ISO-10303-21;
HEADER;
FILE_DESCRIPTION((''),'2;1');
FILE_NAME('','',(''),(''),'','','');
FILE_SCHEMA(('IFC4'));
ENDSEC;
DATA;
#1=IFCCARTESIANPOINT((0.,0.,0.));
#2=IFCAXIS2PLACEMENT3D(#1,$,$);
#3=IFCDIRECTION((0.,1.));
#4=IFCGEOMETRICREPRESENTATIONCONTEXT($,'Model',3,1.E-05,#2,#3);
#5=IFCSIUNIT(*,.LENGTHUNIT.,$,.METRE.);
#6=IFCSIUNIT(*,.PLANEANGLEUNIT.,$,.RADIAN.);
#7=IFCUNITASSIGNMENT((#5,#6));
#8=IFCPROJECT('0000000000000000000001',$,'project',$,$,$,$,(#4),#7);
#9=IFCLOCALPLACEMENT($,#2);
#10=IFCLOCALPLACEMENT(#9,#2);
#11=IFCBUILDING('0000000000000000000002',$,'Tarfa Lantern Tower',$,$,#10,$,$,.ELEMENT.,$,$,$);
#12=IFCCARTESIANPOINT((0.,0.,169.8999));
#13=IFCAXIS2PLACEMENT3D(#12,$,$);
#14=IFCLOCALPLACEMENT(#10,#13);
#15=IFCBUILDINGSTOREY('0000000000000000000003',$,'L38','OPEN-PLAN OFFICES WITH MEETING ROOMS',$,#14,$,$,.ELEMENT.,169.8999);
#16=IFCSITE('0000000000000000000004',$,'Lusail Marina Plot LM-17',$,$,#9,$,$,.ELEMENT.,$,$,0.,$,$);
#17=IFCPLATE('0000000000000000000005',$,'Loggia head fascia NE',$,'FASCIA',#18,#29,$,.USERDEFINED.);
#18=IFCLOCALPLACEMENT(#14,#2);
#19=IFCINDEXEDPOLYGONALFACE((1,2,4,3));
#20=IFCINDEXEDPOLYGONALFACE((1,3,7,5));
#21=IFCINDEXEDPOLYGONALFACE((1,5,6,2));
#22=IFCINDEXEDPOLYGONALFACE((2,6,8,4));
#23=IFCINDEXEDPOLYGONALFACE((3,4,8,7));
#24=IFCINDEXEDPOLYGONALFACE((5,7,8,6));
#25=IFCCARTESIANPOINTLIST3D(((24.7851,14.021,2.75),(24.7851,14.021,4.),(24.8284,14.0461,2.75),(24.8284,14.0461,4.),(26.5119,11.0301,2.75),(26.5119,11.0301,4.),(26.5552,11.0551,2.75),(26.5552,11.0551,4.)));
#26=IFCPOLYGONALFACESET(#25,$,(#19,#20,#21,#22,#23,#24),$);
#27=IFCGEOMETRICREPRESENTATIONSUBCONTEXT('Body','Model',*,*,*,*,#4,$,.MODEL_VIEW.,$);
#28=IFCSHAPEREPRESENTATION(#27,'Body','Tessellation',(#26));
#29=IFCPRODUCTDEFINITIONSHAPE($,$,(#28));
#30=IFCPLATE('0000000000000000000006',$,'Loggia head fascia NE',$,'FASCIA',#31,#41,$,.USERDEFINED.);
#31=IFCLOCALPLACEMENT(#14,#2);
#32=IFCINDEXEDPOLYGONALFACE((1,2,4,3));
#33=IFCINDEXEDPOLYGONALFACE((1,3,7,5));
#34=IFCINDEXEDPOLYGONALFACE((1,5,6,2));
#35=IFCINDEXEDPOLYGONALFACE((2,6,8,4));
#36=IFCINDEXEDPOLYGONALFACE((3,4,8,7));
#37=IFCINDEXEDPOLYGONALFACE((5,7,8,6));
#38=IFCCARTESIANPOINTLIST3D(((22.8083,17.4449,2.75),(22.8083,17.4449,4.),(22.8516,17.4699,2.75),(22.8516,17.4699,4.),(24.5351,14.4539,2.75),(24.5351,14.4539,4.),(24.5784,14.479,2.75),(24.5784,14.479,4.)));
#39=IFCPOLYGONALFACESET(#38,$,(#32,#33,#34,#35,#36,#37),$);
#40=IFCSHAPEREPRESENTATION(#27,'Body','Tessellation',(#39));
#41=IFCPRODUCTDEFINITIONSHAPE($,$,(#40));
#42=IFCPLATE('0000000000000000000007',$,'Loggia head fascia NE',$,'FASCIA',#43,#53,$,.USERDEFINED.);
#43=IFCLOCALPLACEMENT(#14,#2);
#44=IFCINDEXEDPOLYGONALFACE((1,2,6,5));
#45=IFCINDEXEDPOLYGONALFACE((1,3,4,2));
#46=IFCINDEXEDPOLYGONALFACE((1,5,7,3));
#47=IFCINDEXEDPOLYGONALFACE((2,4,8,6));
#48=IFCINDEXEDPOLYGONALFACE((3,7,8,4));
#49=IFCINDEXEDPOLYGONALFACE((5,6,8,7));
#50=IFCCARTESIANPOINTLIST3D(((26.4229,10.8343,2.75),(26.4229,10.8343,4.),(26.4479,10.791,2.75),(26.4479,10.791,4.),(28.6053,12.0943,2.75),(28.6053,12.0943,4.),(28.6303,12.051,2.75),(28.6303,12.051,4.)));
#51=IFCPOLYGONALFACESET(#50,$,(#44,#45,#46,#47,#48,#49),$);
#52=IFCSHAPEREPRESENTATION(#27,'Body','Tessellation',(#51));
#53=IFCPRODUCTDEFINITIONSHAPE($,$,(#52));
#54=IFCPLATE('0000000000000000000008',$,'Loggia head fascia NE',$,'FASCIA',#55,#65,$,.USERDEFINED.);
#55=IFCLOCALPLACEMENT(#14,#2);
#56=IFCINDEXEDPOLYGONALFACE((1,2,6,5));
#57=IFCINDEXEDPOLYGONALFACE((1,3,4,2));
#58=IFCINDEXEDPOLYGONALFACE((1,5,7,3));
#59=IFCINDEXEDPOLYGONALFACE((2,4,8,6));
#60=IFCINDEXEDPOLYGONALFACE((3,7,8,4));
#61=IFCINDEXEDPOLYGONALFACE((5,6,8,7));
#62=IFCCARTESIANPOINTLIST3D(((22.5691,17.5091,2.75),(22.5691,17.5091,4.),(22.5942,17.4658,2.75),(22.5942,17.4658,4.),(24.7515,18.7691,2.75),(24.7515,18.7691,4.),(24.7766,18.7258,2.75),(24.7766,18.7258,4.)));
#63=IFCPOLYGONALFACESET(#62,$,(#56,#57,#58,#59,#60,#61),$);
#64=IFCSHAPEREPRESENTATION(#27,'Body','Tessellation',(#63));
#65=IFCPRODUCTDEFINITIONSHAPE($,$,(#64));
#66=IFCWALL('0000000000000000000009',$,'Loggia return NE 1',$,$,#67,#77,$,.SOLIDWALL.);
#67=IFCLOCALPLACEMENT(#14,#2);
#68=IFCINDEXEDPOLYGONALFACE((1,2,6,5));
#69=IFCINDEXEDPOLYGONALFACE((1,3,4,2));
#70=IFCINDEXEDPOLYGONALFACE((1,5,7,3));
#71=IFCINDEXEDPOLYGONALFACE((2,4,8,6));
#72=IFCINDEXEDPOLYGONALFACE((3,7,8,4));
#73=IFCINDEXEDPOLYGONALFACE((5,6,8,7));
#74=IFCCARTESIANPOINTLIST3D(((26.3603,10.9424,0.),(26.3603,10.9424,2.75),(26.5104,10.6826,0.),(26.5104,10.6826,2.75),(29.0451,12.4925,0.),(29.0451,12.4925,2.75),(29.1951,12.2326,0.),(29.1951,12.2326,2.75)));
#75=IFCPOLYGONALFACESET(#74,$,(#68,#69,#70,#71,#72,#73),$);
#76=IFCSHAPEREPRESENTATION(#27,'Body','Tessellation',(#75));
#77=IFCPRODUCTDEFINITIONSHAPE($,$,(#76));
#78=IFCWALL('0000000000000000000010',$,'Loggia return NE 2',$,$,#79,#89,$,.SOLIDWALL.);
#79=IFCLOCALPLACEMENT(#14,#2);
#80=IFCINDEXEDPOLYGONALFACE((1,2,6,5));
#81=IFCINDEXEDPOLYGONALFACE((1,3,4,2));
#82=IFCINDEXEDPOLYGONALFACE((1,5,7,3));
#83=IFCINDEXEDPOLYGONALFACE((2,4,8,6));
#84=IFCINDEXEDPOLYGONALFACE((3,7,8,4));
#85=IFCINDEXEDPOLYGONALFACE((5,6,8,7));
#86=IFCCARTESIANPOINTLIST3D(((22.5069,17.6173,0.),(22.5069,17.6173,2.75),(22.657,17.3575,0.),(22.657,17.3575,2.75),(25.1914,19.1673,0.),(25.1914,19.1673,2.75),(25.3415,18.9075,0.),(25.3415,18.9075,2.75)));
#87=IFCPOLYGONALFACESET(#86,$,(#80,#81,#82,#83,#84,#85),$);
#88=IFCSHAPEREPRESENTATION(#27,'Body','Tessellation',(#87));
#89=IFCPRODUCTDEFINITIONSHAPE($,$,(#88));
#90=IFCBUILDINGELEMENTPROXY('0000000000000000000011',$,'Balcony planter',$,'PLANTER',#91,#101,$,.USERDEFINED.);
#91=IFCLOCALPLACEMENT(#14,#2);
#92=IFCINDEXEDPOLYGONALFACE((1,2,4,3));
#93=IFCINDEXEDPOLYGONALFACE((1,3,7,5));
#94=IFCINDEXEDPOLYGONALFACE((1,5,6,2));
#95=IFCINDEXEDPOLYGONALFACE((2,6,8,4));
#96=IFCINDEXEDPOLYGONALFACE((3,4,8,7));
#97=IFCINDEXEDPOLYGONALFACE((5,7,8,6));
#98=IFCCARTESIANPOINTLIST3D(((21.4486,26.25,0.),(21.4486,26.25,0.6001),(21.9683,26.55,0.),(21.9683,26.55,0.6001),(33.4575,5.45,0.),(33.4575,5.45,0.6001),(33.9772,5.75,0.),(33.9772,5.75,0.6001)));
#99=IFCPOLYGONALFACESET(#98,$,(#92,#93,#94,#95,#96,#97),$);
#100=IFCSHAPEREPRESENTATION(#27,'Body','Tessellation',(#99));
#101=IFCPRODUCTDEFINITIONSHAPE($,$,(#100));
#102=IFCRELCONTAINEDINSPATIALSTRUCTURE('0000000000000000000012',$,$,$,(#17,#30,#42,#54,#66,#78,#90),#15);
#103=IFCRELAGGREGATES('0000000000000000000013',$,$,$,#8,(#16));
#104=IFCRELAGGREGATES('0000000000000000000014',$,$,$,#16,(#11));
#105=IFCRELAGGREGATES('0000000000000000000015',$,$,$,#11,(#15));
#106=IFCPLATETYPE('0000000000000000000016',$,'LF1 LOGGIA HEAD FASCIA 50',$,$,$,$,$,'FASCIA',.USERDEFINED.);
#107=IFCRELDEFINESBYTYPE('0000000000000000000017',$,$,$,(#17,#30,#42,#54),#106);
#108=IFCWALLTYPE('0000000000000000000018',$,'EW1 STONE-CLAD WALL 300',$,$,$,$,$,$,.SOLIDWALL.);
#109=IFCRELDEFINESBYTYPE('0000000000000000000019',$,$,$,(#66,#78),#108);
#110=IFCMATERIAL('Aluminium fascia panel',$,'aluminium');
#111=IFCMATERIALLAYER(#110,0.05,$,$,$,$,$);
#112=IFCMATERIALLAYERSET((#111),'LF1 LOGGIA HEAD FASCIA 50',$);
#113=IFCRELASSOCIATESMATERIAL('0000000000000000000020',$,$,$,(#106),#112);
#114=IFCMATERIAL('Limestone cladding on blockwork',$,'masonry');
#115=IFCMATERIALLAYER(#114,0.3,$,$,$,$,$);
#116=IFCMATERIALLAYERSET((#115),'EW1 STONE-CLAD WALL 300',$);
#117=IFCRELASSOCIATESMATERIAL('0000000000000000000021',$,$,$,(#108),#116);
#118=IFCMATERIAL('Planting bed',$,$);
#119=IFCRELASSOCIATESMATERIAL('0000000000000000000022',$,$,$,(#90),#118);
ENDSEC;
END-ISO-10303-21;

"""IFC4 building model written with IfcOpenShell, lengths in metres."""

from ifc_helpers import new_model, si_unit, direction, frame, frame_2d, origin, origin_2d, place, context, subcontext, project, spatial, rectangle, extrude, material, layer, layer_set, type_object, element, save


model = new_model("IFC4")

# Units and contexts
model_context = context("Model", 3, precision=1e-05, world=origin(), true_north=direction((0.0, 1.0)))
body_context = subcontext(model_context, "Body", "Model", "MODEL_VIEW")
ifc_project = project(units=[si_unit("LENGTHUNIT", "METRE"), si_unit("PLANEANGLEUNIT", "RADIAN")], contexts=[model_context])

# Site, building, storey
site_placement = place(None, origin())
site = spatial("IfcSite", under=ifc_project, at=site_placement, Name="Lusail Marina Plot LM-17", CompositionType="ELEMENT", RefElevation=0.0)
building_placement = place(site_placement, origin())
building = spatial("IfcBuilding", under=site, at=building_placement, Name="Tarfa Lantern Tower", CompositionType="ELEMENT")
storey_placement = place(building_placement, frame((0.0, 0.0, 169.8999)))
storey = spatial("IfcBuildingStorey", under=building, at=storey_placement, Name="L38", Description="OPEN-PLAN OFFICES WITH MEETING ROOMS", CompositionType="ELEMENT", Elevation=169.8999)

# Plates
ifc_material_1 = material(Name="Aluminium fascia panel", Category="aluminium")
ifc_layer_1 = layer(ifc_material_1, 0.05)
ifc_layer_set_1 = layer_set([ifc_layer_1], Name="LF1 LOGGIA HEAD FASCIA 50")
plate_type_1 = type_object("IfcPlateType", Name="LF1 LOGGIA HEAD FASCIA 50", ElementType="FASCIA", PredefinedType="USERDEFINED", material=ifc_layer_set_1)
for number, where, z_axis, x_axis, name in (
    (1, (25.6702, 12.5381, 2.75), (0.0, 0.0, 1.0), (-0.5, 0.866025, 0.0), "Loggia head fascia NE"),
    (2, (23.6934, 15.9619, 2.75), (0.0, 0.0, 1.0), (-0.5, 0.866025, 0.0), "Loggia head fascia NE"),
):
    element("IfcPlate", number, at=place(storey_placement, frame(where, z_axis=z_axis, x_axis=x_axis)), inside=storey, type_object=plate_type_1, Name=name, ObjectType="FASCIA", PredefinedType="USERDEFINED", context=body_context, shape_type="SweptSolid", body=[
        extrude(rectangle(XDim=3.4536, YDim=0.05, at=origin_2d()), origin(), (0.0, 0.0, 1.0), 1.25),
    ])
for number, where, z_axis, x_axis, name in (
    (3, (27.5266, 11.4426, 2.75), (0.0, 0.0, 1.0), (-0.866025, -0.5, 0.0), "Loggia head fascia NE"),
    (4, (23.6729, 18.1174, 2.75), (0.0, 0.0, 1.0), (-0.866025, -0.5, 0.0), "Loggia head fascia NE"),
):
    element("IfcPlate", number, at=place(storey_placement, frame(where, z_axis=z_axis, x_axis=x_axis)), inside=storey, type_object=plate_type_1, Name=name, ObjectType="FASCIA", PredefinedType="USERDEFINED", context=body_context, shape_type="SweptSolid", body=[
        extrude(rectangle(XDim=2.52, YDim=0.05, at=origin_2d()), origin(), (0.0, 0.0, 1.0), 1.25),
    ])

# Walls
ifc_material_2 = material(Name="Limestone cladding on blockwork", Category="masonry")
ifc_layer_2 = layer(ifc_material_2, 0.3)
ifc_layer_set_2 = layer_set([ifc_layer_2], Name="EW1 STONE-CLAD WALL 300")
wall_type = type_object("IfcWallType", Name="EW1 STONE-CLAD WALL 300", PredefinedType="SOLIDWALL", material=ifc_layer_set_2)
wall_1_placement = place(storey_placement, frame((29.1201, 12.3625, 0.0), z_axis=(0.0, 0.0, 1.0), x_axis=(-0.86603, -0.499993, 0.0)))
element("IfcWall", 5, at=wall_1_placement, inside=storey, type_object=wall_type, Name="Loggia return NE 1", PredefinedType="SOLIDWALL", context=body_context, shape_type="SweptSolid", body=[
    extrude(rectangle(XDim=3.1001, YDim=0.3, at=frame_2d((1.55, 0.0))), origin(), (0.0, 0.0, 1.0), 2.75),
])
wall_2_placement = place(storey_placement, frame((25.2664, 19.0374, 0.0), z_axis=(0.0, 0.0, 1.0), x_axis=(-0.86601, -0.500027, 0.0)))
element("IfcWall", 6, at=wall_2_placement, inside=storey, type_object=wall_type, Name="Loggia return NE 2", PredefinedType="SOLIDWALL", context=body_context, shape_type="SweptSolid", body=[
    extrude(rectangle(XDim=3.0999, YDim=0.3, at=frame_2d((1.5498, 0.0))), origin(), (0.0, 0.0, 1.0), 2.75),
])

# Building element proxy
ifc_material_3 = material(Name="Planting bed")
proxy_placement = place(storey_placement, frame((27.7129, 16.0, 0.0), z_axis=(0.0, 0.0, 1.0), x_axis=(-0.5, 0.866025, 0.0)))
element("IfcBuildingElementProxy", 7, at=proxy_placement, inside=storey, material=ifc_material_3, Name="Balcony planter", ObjectType="PLANTER", PredefinedType="USERDEFINED", context=body_context, shape_type="SweptSolid", body=[
    extrude(rectangle(XDim=24.0178, YDim=0.6001, at=origin_2d()), origin(), (0.0, 0.0, 1.0), 0.6001),
])

save(model, "model.ifc")
